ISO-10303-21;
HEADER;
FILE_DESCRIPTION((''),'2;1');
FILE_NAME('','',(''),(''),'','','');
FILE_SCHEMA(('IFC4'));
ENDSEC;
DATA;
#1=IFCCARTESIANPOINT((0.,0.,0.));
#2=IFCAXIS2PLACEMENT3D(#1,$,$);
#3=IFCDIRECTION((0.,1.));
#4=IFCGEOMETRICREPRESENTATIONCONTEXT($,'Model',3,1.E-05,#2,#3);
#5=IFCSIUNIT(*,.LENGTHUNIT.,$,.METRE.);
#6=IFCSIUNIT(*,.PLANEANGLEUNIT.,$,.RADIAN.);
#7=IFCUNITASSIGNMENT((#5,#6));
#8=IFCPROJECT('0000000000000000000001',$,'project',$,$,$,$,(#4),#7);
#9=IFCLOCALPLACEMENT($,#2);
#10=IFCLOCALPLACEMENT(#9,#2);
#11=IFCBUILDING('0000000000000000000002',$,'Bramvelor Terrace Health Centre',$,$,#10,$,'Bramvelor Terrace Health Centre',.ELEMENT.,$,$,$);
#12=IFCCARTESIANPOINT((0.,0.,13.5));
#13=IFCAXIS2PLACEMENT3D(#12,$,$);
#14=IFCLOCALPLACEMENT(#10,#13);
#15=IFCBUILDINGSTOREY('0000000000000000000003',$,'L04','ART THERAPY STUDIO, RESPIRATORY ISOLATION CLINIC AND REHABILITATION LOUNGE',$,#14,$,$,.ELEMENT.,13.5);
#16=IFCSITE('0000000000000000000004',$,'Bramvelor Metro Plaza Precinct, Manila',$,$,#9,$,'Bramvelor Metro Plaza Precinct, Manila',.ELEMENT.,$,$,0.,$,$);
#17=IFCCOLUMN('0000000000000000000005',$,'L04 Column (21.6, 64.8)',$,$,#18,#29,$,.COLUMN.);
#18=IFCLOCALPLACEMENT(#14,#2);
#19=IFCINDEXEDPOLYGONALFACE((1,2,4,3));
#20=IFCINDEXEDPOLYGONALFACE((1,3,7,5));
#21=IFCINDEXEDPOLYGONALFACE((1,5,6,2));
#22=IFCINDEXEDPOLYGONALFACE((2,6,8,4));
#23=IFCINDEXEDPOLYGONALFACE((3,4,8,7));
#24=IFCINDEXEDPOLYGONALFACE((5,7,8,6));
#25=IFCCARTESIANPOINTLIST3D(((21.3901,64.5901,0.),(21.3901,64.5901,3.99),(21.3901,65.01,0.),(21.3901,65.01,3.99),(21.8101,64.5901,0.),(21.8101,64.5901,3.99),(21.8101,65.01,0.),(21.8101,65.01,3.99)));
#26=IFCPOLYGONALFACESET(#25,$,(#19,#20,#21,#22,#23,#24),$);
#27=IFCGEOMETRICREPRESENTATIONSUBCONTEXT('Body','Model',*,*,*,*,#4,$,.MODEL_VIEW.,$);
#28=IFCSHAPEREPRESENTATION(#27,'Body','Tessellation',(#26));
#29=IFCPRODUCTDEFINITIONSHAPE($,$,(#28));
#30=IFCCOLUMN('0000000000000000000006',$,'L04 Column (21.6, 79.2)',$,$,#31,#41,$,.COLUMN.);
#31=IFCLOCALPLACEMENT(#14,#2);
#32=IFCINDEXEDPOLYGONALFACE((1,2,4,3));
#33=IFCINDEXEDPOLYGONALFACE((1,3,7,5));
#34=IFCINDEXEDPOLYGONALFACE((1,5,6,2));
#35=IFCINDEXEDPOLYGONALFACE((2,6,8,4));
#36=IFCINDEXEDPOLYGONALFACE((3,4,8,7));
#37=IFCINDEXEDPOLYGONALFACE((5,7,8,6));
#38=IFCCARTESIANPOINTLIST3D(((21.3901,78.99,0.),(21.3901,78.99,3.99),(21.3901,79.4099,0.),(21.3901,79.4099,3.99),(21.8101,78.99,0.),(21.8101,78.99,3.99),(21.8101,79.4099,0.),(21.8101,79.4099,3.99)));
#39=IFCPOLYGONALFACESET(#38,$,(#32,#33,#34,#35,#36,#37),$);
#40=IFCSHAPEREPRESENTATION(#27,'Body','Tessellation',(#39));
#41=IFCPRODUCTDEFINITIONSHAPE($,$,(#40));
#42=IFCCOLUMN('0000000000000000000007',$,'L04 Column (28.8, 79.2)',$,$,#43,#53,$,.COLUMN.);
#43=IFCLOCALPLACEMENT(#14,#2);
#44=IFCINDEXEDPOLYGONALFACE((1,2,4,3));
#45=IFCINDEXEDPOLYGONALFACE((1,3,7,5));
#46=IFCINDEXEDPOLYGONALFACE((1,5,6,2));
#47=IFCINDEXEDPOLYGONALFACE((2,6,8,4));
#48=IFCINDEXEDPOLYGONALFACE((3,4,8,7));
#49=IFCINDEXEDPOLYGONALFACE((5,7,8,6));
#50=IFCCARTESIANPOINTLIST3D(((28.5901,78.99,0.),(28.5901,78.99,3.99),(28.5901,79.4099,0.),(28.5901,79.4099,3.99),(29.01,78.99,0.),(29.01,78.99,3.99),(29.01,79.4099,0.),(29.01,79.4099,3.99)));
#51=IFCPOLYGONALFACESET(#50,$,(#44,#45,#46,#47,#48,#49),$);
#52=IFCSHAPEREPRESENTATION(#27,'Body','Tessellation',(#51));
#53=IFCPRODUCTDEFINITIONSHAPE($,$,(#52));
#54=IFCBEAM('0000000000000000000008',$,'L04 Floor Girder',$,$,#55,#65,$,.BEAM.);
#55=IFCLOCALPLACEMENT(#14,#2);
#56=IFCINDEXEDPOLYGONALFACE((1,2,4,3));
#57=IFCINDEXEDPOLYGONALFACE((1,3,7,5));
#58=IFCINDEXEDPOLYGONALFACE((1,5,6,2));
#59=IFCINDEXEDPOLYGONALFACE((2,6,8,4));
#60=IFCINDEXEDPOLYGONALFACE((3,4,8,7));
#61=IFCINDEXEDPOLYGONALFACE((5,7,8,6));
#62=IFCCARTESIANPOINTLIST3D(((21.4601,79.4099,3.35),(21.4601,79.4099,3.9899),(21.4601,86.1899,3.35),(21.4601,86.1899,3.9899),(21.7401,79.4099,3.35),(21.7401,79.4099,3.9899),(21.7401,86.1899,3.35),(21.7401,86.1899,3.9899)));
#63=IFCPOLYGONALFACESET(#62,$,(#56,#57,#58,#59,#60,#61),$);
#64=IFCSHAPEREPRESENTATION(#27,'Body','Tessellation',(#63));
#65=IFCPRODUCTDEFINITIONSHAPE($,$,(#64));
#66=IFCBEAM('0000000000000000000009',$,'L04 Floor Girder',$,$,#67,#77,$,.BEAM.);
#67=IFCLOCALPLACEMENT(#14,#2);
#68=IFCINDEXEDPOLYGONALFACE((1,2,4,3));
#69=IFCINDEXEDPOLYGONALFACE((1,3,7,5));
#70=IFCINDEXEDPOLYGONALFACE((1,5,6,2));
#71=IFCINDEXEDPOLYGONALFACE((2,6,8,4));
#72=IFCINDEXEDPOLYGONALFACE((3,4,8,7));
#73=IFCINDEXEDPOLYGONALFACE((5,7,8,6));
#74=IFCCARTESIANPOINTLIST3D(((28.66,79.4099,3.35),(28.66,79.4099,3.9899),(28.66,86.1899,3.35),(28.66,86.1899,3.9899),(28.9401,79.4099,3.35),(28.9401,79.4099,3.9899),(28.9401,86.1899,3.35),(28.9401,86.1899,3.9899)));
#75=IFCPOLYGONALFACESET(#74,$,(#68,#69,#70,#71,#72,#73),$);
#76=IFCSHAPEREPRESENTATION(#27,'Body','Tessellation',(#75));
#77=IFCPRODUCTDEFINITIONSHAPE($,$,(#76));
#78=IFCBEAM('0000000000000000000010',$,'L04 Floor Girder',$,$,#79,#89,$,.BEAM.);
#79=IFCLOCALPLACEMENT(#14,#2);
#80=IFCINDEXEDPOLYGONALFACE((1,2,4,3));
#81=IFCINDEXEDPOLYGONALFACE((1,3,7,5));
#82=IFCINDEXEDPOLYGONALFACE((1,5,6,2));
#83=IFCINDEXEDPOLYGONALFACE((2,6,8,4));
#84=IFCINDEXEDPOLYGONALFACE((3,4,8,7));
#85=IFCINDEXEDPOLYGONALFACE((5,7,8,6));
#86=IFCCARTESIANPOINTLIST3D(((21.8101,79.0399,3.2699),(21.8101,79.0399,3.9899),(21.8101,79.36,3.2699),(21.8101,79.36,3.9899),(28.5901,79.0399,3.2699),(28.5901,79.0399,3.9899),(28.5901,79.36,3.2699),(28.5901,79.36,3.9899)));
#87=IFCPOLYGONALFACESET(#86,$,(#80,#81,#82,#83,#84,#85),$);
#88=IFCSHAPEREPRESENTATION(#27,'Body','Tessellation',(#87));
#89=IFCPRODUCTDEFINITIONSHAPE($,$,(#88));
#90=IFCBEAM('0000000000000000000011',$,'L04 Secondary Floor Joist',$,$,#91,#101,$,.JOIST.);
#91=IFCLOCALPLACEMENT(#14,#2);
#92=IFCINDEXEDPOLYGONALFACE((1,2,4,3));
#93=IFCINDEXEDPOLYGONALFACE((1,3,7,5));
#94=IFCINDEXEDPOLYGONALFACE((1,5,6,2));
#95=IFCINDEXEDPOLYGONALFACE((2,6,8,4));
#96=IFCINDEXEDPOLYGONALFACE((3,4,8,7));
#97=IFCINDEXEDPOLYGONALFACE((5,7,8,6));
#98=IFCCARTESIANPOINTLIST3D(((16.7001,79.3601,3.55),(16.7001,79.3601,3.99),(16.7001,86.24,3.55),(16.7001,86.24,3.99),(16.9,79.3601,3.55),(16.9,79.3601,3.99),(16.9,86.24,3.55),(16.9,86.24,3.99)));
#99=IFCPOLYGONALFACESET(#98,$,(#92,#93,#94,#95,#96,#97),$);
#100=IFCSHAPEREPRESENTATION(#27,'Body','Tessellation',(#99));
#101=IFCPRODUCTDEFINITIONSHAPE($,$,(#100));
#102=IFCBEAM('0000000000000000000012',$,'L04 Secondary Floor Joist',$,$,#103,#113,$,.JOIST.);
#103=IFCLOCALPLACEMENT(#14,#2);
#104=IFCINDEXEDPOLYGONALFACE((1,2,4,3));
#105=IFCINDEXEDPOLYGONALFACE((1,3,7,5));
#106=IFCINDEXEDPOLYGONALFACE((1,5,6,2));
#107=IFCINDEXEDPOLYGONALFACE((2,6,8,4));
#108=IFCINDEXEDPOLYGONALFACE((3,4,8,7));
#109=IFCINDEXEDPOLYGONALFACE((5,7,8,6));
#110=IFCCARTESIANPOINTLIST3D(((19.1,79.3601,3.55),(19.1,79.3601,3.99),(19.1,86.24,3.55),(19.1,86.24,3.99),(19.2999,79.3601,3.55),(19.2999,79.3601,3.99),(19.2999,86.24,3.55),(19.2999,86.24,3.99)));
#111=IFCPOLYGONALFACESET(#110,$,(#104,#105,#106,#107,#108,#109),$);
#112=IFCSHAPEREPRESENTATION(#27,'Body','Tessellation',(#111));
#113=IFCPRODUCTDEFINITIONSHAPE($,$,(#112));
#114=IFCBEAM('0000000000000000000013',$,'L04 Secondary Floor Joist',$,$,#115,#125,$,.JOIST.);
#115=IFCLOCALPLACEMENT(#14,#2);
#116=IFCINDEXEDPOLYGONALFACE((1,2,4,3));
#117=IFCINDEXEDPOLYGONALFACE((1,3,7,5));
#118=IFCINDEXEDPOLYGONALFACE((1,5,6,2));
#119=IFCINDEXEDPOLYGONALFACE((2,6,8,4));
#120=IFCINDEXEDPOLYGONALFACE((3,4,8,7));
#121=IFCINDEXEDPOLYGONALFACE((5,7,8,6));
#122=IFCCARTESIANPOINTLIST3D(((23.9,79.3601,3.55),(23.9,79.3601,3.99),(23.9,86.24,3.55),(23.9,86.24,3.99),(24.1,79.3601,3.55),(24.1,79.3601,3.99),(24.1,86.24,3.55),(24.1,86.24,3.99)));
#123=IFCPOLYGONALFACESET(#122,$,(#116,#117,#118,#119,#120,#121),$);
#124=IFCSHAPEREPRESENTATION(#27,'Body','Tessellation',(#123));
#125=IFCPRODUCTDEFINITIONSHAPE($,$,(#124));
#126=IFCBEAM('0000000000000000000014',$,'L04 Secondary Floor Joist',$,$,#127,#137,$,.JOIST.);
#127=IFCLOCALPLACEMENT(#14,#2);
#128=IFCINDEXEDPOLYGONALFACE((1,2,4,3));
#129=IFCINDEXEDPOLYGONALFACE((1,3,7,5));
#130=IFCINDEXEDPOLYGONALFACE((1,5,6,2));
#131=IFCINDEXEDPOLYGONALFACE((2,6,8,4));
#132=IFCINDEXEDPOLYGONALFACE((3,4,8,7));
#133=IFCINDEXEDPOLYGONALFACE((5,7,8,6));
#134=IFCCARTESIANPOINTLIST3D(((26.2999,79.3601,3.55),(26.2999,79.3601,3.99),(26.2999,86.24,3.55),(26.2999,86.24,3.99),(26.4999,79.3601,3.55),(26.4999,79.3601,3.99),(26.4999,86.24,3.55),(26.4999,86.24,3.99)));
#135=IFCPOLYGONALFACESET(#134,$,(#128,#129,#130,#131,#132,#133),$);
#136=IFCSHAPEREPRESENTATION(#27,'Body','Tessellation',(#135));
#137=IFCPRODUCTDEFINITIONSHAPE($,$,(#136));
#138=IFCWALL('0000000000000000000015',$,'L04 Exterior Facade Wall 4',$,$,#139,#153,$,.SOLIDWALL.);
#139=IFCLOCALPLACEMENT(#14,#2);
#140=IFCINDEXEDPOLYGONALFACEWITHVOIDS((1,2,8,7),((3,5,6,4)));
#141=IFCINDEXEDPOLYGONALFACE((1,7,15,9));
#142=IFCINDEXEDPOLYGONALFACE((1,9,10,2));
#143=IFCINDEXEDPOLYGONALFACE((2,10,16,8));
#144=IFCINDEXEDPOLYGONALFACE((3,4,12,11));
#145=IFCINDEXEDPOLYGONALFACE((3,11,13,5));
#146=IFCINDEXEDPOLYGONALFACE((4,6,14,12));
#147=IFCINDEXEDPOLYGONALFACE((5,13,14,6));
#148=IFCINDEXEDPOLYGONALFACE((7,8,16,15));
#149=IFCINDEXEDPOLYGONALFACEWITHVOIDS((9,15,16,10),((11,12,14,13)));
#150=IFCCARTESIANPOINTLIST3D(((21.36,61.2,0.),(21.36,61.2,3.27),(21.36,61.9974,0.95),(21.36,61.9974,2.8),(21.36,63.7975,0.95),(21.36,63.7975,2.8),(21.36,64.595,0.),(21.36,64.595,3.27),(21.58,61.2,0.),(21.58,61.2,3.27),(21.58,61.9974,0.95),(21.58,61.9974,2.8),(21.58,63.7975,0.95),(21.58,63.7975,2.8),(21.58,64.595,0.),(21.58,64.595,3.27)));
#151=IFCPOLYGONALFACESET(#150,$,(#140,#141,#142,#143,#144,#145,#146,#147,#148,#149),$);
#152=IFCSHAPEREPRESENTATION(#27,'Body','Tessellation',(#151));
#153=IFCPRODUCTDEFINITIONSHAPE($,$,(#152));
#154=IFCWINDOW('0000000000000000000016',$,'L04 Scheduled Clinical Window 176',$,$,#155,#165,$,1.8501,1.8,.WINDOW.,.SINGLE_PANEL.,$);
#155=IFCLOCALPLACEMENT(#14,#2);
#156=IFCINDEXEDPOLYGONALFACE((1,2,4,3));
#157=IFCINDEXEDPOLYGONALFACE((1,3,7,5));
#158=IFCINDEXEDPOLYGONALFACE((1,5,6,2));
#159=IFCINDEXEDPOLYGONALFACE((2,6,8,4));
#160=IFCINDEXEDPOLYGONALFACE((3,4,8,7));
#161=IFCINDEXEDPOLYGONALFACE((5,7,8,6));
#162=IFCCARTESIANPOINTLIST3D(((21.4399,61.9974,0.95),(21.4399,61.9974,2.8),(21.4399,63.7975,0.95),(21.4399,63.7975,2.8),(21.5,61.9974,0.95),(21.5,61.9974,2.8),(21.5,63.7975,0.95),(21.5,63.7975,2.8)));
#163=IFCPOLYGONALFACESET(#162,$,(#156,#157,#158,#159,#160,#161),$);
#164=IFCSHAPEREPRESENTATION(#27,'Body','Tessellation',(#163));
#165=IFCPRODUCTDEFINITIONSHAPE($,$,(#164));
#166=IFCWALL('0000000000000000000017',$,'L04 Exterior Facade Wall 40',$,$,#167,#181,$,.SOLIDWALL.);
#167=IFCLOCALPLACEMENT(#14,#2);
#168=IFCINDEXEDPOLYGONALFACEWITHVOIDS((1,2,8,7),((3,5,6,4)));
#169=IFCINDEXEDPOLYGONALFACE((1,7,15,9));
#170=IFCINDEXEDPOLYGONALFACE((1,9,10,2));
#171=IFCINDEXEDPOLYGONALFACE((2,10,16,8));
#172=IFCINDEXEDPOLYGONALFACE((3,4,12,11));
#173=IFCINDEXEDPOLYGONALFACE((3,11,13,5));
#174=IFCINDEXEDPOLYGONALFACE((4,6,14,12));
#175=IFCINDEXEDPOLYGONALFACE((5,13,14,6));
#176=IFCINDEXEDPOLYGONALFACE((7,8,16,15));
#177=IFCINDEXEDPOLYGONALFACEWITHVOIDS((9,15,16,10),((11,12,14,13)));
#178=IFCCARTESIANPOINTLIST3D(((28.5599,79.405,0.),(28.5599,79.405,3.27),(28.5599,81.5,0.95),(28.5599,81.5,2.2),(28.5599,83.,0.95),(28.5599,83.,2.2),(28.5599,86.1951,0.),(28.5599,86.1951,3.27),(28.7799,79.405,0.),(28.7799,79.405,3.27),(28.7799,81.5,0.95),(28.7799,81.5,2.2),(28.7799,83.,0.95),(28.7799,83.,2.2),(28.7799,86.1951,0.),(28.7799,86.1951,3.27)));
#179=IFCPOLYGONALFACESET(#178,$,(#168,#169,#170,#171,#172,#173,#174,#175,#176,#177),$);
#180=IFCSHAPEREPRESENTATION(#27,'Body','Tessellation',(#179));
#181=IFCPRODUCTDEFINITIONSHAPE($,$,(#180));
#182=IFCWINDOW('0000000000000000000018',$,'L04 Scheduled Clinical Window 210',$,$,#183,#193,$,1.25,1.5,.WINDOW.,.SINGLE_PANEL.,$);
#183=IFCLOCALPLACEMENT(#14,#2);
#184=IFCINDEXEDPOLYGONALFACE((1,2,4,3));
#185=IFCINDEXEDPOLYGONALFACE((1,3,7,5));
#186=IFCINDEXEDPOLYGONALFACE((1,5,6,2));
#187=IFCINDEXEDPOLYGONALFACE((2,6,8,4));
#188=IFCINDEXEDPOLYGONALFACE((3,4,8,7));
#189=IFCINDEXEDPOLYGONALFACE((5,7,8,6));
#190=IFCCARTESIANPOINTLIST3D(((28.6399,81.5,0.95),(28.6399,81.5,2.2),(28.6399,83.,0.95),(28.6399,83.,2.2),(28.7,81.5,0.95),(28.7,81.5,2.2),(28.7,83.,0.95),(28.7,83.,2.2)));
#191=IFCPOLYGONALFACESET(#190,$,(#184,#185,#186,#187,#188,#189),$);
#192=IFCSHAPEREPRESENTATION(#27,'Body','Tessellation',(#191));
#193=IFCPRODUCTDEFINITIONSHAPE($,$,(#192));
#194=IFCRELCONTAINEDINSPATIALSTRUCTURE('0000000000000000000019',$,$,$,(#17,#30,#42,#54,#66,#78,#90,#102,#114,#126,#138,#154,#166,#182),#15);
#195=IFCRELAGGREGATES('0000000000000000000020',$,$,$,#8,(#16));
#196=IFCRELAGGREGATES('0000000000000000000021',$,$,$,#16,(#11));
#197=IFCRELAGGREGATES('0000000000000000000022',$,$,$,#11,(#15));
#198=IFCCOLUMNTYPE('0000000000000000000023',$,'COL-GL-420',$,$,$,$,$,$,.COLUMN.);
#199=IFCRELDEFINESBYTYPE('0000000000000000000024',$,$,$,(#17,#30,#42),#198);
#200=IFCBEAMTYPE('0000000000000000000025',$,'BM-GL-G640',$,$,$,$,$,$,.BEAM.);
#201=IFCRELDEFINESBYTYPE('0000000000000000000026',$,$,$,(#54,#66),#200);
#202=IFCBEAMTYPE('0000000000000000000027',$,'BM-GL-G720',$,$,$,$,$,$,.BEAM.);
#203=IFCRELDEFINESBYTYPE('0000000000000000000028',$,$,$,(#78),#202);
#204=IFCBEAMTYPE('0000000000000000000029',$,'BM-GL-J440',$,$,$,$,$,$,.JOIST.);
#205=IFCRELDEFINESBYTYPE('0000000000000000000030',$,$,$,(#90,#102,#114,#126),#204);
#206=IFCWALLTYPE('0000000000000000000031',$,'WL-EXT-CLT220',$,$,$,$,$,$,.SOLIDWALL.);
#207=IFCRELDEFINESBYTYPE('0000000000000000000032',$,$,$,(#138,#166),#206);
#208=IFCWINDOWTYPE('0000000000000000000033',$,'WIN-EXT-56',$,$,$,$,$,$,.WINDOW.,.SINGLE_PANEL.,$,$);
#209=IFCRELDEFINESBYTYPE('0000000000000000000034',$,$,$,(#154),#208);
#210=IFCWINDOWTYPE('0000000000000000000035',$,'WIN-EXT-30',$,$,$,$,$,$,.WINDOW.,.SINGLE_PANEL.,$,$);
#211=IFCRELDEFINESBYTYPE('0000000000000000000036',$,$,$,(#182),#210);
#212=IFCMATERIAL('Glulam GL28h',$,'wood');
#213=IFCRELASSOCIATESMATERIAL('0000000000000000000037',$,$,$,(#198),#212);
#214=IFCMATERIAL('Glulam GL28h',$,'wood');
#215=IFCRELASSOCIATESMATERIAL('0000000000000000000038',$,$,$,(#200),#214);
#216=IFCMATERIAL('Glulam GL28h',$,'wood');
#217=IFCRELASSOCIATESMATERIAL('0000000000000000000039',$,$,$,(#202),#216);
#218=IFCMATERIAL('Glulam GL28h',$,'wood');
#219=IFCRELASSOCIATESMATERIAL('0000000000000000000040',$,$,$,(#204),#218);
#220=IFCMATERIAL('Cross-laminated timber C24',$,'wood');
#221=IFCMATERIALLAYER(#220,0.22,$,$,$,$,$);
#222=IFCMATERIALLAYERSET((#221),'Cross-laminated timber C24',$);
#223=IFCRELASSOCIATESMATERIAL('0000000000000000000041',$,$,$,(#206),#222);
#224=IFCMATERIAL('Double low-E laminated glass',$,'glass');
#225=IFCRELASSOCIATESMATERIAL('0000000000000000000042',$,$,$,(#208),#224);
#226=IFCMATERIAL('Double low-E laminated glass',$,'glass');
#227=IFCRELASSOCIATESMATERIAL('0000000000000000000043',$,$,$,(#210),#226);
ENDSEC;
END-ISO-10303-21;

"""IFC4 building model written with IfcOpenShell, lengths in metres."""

from ifc_helpers import new_model, si_unit, direction, frame, frame_2d, origin, origin_2d, place, context, subcontext, project, spatial, rectangle, extrude, material, layer, layer_set, material_profile, profile_set, type_object, element, fill, save


model = new_model("IFC4")

# Units and contexts
model_context = context("Model", 3, precision=1e-05, world=origin(), true_north=direction((0.0, 1.0)))
body_context = subcontext(model_context, "Body", "Model", "MODEL_VIEW")
ifc_project = project(units=[si_unit("LENGTHUNIT", "METRE"), si_unit("PLANEANGLEUNIT", "RADIAN")], contexts=[model_context])

# Site, building, storey
site_placement = place(None, origin())
site = spatial("IfcSite", under=ifc_project, at=site_placement, Name="Bramvelor Metro Plaza Precinct, Manila", LongName="Bramvelor Metro Plaza Precinct, Manila", CompositionType="ELEMENT", RefElevation=0.0)
building_placement = place(site_placement, origin())
building = spatial("IfcBuilding", under=site, at=building_placement, Name="Bramvelor Terrace Health Centre", LongName="Bramvelor Terrace Health Centre", CompositionType="ELEMENT")
storey_placement = place(building_placement, frame((0.0, 0.0, 13.5)))
storey = spatial("IfcBuildingStorey", under=building, at=storey_placement, Name="L04", Description="ART THERAPY STUDIO, RESPIRATORY ISOLATION CLINIC AND REHABILITATION LOUNGE", CompositionType="ELEMENT", Elevation=13.5)

# Columns
ifc_material_1 = material(Name="Glulam GL28h", Category="wood")
ifc_material_profile_1 = material_profile(ifc_material_1, rectangle(XDim=0.4199, YDim=0.4199, at=origin_2d()), Name="GL 420x420")
ifc_profile_set_1 = profile_set([ifc_material_profile_1], Name="Glulam GL28h")
column_type = type_object("IfcColumnType", Name="COL-GL-420", PredefinedType="COLUMN", material=ifc_profile_set_1)
for number, where, z_axis, x_axis, name in (
    (1, (21.6001, 64.8, 0.0), (0.0, 0.0, 1.0), (1.0, 0.0, 0.0), "L04 Column (21.6, 64.8)"),
    (2, (21.6001, 79.2, 0.0), (0.0, 0.0, 1.0), (1.0, 0.0, 0.0), "L04 Column (21.6, 79.2)"),
    (3, (28.8, 79.2, 0.0), (0.0, 0.0, 1.0), (1.0, 0.0, 0.0), "L04 Column (28.8, 79.2)"),
):
    element("IfcColumn", number, at=place(storey_placement, frame(where, z_axis=z_axis, x_axis=x_axis)), inside=storey, type_object=column_type, Name=name, PredefinedType="COLUMN", context=body_context, shape_type="SweptSolid", body=[
        extrude(rectangle(XDim=0.4199, YDim=0.4199, at=origin_2d()), origin(), (0.0, 0.0, 1.0), 3.99),
    ])

# Beams
ifc_material_2 = material(Name="Glulam GL28h", Category="wood")
ifc_material_profile_2 = material_profile(ifc_material_2, rectangle(XDim=0.28, YDim=0.6399, at=origin_2d()), Name="GL 280x640")
ifc_profile_set_2 = profile_set([ifc_material_profile_2], Name="Glulam GL28h")
beam_type_1 = type_object("IfcBeamType", Name="BM-GL-G640", PredefinedType="BEAM", material=ifc_profile_set_2)
for number, where, z_axis, x_axis, name in (
    (4, (21.6001, 79.4099, 3.6699), (0.0, 1.0, 0.0), (-1.0, 0.0, 0.0), "L04 Floor Girder"),
    (5, (28.8, 79.4099, 3.6699), (0.0, 1.0, 0.0), (-1.0, 0.0, 0.0), "L04 Floor Girder"),
):
    element("IfcBeam", number, at=place(storey_placement, frame(where, z_axis=z_axis, x_axis=x_axis)), inside=storey, type_object=beam_type_1, Name=name, PredefinedType="BEAM", context=body_context, shape_type="SweptSolid", body=[
        extrude(rectangle(XDim=0.28, YDim=0.6399, at=origin_2d()), origin(), (0.0, 0.0, 1.0), 6.78),
    ])
ifc_material_3 = material(Name="Glulam GL28h", Category="wood")
ifc_material_profile_3 = material_profile(ifc_material_3, rectangle(XDim=0.3201, YDim=0.72, at=origin_2d()), Name="GL 320x720")
ifc_profile_set_3 = profile_set([ifc_material_profile_3], Name="Glulam GL28h")
beam_type_2 = type_object("IfcBeamType", Name="BM-GL-G720", PredefinedType="BEAM", material=ifc_profile_set_3)
beam_placement = place(storey_placement, frame((21.8101, 79.2, 3.6299), z_axis=(1.0, 0.0, 0.0), x_axis=(0.0, 1.0, 0.0)))
element("IfcBeam", 6, at=beam_placement, inside=storey, type_object=beam_type_2, Name="L04 Floor Girder", PredefinedType="BEAM", context=body_context, shape_type="SweptSolid", body=[
    extrude(rectangle(XDim=0.3201, YDim=0.72, at=origin_2d()), origin(), (0.0, 0.0, 1.0), 6.78),
])
ifc_material_4 = material(Name="Glulam GL28h", Category="wood")
ifc_material_profile_4 = material_profile(ifc_material_4, rectangle(XDim=0.2, YDim=0.4399, at=origin_2d()), Name="GL 200x440")
ifc_profile_set_4 = profile_set([ifc_material_profile_4], Name="Glulam GL28h")
beam_type_3 = type_object("IfcBeamType", Name="BM-GL-J440", PredefinedType="JOIST", material=ifc_profile_set_4)
for number, where, z_axis, x_axis, name in (
    (7, (16.8, 79.3601, 3.77), (0.0, 1.0, 0.0), (-1.0, 0.0, 0.0), "L04 Secondary Floor Joist"),
    (8, (19.2, 79.3601, 3.77), (0.0, 1.0, 0.0), (-1.0, 0.0, 0.0), "L04 Secondary Floor Joist"),
    (9, (24.0, 79.3601, 3.77), (0.0, 1.0, 0.0), (-1.0, 0.0, 0.0), "L04 Secondary Floor Joist"),
    (10, (26.3999, 79.3601, 3.77), (0.0, 1.0, 0.0), (-1.0, 0.0, 0.0), "L04 Secondary Floor Joist"),
):
    element("IfcBeam", number, at=place(storey_placement, frame(where, z_axis=z_axis, x_axis=x_axis)), inside=storey, type_object=beam_type_3, Name=name, PredefinedType="JOIST", context=body_context, shape_type="SweptSolid", body=[
        extrude(rectangle(XDim=0.2, YDim=0.4399, at=origin_2d()), origin(), (0.0, 0.0, 1.0), 6.8799),
    ])

# Walls, openings, windows
ifc_material_5 = material(Name="Cross-laminated timber C24", Category="wood")
ifc_layer_1 = layer(ifc_material_5, 0.22)
ifc_layer_set_1 = layer_set([ifc_layer_1], Name="Cross-laminated timber C24")
wall_type_1 = type_object("IfcWallType", Name="WL-EXT-CLT220", PredefinedType="SOLIDWALL", material=ifc_layer_set_1)
wall_1_placement = place(storey_placement, frame((21.47, 64.595, 0.0), z_axis=(0.0, 0.0, 1.0), x_axis=(0.0, -1.0, 0.0)))
wall_1 = element("IfcWall", 11, at=wall_1_placement, inside=storey, type_object=wall_type_1, Name="L04 Exterior Facade Wall 4", PredefinedType="SOLIDWALL", context=body_context, shape_type="SweptSolid", body=[
    extrude(rectangle(XDim=3.395, YDim=0.22, at=frame_2d((1.6975, 0.0))), origin(), (0.0, 0.0, 1.0), 3.27),
])
opening_1_placement = place(wall_1_placement, frame((0.7976, 0.0, 0.95)))
opening_1 = element("IfcOpeningElement", 12, at=opening_1_placement, cuts=wall_1, PredefinedType="OPENING", context=body_context, shape_type="SweptSolid", body=[
    extrude(rectangle(XDim=1.8, YDim=1.8501, at=frame_2d((0.8999, 0.925))), frame((0.0, 0.1199, 0.0), z_axis=(0.0, -1.0, 0.0), x_axis=(1.0, 0.0, 0.0)), (0.0, 0.0, 1.0), 0.24),
])
ifc_material_6 = material(Name="Double low-E laminated glass", Category="glass")
window_type_1 = type_object("IfcWindowType", Name="WIN-EXT-56", PartitioningType="SINGLE_PANEL", PredefinedType="WINDOW", material=ifc_material_6)
window_1_placement = place(opening_1_placement, origin())
window_1 = element("IfcWindow", 13, at=window_1_placement, inside=storey, type_object=window_type_1, Name="L04 Scheduled Clinical Window 176", OverallHeight=1.8501, OverallWidth=1.8, PartitioningType="SINGLE_PANEL", PredefinedType="WINDOW", context=body_context, shape_type="SweptSolid", body=[
    extrude(rectangle(XDim=1.8, YDim=1.8501, at=frame_2d((0.8999, 0.925))), frame((0.0, 0.03, 0.0), z_axis=(0.0, -1.0, 0.0), x_axis=(1.0, 0.0, 0.0)), (0.0, 0.0, 1.0), 0.0601),
])
fill(opening_1, window_1)
wall_2_placement = place(storey_placement, frame((28.6699, 86.1951, 0.0), z_axis=(0.0, 0.0, 1.0), x_axis=(0.0, -1.0, 0.0)))
wall_2 = element("IfcWall", 14, at=wall_2_placement, inside=storey, type_object=wall_type_1, Name="L04 Exterior Facade Wall 40", PredefinedType="SOLIDWALL", context=body_context, shape_type="SweptSolid", body=[
    extrude(rectangle(XDim=6.79, YDim=0.22, at=frame_2d((3.395, 0.0))), origin(), (0.0, 0.0, 1.0), 3.27),
])
opening_2_placement = place(wall_2_placement, frame((3.1951, 0.0, 0.95)))
opening_2 = element("IfcOpeningElement", 15, at=opening_2_placement, cuts=wall_2, PredefinedType="OPENING", context=body_context, shape_type="SweptSolid", body=[
    extrude(rectangle(XDim=1.5, YDim=1.25, at=frame_2d((0.75, 0.625))), frame((0.0, 0.1199, 0.0), z_axis=(0.0, -1.0, 0.0), x_axis=(1.0, 0.0, 0.0)), (0.0, 0.0, 1.0), 0.24),
])
ifc_material_7 = material(Name="Double low-E laminated glass", Category="glass")
window_type_2 = type_object("IfcWindowType", Name="WIN-EXT-30", PartitioningType="SINGLE_PANEL", PredefinedType="WINDOW", material=ifc_material_7)
window_2_placement = place(opening_2_placement, origin())
window_2 = element("IfcWindow", 16, at=window_2_placement, inside=storey, type_object=window_type_2, Name="L04 Scheduled Clinical Window 210", OverallHeight=1.25, OverallWidth=1.5, PartitioningType="SINGLE_PANEL", PredefinedType="WINDOW", context=body_context, shape_type="SweptSolid", body=[
    extrude(rectangle(XDim=1.5, YDim=1.25, at=frame_2d((0.75, 0.625))), frame((0.0, 0.03, 0.0), z_axis=(0.0, -1.0, 0.0), x_axis=(1.0, 0.0, 0.0)), (0.0, 0.0, 1.0), 0.0601),
])
fill(opening_2, window_2)

save(model, "model.ifc")
